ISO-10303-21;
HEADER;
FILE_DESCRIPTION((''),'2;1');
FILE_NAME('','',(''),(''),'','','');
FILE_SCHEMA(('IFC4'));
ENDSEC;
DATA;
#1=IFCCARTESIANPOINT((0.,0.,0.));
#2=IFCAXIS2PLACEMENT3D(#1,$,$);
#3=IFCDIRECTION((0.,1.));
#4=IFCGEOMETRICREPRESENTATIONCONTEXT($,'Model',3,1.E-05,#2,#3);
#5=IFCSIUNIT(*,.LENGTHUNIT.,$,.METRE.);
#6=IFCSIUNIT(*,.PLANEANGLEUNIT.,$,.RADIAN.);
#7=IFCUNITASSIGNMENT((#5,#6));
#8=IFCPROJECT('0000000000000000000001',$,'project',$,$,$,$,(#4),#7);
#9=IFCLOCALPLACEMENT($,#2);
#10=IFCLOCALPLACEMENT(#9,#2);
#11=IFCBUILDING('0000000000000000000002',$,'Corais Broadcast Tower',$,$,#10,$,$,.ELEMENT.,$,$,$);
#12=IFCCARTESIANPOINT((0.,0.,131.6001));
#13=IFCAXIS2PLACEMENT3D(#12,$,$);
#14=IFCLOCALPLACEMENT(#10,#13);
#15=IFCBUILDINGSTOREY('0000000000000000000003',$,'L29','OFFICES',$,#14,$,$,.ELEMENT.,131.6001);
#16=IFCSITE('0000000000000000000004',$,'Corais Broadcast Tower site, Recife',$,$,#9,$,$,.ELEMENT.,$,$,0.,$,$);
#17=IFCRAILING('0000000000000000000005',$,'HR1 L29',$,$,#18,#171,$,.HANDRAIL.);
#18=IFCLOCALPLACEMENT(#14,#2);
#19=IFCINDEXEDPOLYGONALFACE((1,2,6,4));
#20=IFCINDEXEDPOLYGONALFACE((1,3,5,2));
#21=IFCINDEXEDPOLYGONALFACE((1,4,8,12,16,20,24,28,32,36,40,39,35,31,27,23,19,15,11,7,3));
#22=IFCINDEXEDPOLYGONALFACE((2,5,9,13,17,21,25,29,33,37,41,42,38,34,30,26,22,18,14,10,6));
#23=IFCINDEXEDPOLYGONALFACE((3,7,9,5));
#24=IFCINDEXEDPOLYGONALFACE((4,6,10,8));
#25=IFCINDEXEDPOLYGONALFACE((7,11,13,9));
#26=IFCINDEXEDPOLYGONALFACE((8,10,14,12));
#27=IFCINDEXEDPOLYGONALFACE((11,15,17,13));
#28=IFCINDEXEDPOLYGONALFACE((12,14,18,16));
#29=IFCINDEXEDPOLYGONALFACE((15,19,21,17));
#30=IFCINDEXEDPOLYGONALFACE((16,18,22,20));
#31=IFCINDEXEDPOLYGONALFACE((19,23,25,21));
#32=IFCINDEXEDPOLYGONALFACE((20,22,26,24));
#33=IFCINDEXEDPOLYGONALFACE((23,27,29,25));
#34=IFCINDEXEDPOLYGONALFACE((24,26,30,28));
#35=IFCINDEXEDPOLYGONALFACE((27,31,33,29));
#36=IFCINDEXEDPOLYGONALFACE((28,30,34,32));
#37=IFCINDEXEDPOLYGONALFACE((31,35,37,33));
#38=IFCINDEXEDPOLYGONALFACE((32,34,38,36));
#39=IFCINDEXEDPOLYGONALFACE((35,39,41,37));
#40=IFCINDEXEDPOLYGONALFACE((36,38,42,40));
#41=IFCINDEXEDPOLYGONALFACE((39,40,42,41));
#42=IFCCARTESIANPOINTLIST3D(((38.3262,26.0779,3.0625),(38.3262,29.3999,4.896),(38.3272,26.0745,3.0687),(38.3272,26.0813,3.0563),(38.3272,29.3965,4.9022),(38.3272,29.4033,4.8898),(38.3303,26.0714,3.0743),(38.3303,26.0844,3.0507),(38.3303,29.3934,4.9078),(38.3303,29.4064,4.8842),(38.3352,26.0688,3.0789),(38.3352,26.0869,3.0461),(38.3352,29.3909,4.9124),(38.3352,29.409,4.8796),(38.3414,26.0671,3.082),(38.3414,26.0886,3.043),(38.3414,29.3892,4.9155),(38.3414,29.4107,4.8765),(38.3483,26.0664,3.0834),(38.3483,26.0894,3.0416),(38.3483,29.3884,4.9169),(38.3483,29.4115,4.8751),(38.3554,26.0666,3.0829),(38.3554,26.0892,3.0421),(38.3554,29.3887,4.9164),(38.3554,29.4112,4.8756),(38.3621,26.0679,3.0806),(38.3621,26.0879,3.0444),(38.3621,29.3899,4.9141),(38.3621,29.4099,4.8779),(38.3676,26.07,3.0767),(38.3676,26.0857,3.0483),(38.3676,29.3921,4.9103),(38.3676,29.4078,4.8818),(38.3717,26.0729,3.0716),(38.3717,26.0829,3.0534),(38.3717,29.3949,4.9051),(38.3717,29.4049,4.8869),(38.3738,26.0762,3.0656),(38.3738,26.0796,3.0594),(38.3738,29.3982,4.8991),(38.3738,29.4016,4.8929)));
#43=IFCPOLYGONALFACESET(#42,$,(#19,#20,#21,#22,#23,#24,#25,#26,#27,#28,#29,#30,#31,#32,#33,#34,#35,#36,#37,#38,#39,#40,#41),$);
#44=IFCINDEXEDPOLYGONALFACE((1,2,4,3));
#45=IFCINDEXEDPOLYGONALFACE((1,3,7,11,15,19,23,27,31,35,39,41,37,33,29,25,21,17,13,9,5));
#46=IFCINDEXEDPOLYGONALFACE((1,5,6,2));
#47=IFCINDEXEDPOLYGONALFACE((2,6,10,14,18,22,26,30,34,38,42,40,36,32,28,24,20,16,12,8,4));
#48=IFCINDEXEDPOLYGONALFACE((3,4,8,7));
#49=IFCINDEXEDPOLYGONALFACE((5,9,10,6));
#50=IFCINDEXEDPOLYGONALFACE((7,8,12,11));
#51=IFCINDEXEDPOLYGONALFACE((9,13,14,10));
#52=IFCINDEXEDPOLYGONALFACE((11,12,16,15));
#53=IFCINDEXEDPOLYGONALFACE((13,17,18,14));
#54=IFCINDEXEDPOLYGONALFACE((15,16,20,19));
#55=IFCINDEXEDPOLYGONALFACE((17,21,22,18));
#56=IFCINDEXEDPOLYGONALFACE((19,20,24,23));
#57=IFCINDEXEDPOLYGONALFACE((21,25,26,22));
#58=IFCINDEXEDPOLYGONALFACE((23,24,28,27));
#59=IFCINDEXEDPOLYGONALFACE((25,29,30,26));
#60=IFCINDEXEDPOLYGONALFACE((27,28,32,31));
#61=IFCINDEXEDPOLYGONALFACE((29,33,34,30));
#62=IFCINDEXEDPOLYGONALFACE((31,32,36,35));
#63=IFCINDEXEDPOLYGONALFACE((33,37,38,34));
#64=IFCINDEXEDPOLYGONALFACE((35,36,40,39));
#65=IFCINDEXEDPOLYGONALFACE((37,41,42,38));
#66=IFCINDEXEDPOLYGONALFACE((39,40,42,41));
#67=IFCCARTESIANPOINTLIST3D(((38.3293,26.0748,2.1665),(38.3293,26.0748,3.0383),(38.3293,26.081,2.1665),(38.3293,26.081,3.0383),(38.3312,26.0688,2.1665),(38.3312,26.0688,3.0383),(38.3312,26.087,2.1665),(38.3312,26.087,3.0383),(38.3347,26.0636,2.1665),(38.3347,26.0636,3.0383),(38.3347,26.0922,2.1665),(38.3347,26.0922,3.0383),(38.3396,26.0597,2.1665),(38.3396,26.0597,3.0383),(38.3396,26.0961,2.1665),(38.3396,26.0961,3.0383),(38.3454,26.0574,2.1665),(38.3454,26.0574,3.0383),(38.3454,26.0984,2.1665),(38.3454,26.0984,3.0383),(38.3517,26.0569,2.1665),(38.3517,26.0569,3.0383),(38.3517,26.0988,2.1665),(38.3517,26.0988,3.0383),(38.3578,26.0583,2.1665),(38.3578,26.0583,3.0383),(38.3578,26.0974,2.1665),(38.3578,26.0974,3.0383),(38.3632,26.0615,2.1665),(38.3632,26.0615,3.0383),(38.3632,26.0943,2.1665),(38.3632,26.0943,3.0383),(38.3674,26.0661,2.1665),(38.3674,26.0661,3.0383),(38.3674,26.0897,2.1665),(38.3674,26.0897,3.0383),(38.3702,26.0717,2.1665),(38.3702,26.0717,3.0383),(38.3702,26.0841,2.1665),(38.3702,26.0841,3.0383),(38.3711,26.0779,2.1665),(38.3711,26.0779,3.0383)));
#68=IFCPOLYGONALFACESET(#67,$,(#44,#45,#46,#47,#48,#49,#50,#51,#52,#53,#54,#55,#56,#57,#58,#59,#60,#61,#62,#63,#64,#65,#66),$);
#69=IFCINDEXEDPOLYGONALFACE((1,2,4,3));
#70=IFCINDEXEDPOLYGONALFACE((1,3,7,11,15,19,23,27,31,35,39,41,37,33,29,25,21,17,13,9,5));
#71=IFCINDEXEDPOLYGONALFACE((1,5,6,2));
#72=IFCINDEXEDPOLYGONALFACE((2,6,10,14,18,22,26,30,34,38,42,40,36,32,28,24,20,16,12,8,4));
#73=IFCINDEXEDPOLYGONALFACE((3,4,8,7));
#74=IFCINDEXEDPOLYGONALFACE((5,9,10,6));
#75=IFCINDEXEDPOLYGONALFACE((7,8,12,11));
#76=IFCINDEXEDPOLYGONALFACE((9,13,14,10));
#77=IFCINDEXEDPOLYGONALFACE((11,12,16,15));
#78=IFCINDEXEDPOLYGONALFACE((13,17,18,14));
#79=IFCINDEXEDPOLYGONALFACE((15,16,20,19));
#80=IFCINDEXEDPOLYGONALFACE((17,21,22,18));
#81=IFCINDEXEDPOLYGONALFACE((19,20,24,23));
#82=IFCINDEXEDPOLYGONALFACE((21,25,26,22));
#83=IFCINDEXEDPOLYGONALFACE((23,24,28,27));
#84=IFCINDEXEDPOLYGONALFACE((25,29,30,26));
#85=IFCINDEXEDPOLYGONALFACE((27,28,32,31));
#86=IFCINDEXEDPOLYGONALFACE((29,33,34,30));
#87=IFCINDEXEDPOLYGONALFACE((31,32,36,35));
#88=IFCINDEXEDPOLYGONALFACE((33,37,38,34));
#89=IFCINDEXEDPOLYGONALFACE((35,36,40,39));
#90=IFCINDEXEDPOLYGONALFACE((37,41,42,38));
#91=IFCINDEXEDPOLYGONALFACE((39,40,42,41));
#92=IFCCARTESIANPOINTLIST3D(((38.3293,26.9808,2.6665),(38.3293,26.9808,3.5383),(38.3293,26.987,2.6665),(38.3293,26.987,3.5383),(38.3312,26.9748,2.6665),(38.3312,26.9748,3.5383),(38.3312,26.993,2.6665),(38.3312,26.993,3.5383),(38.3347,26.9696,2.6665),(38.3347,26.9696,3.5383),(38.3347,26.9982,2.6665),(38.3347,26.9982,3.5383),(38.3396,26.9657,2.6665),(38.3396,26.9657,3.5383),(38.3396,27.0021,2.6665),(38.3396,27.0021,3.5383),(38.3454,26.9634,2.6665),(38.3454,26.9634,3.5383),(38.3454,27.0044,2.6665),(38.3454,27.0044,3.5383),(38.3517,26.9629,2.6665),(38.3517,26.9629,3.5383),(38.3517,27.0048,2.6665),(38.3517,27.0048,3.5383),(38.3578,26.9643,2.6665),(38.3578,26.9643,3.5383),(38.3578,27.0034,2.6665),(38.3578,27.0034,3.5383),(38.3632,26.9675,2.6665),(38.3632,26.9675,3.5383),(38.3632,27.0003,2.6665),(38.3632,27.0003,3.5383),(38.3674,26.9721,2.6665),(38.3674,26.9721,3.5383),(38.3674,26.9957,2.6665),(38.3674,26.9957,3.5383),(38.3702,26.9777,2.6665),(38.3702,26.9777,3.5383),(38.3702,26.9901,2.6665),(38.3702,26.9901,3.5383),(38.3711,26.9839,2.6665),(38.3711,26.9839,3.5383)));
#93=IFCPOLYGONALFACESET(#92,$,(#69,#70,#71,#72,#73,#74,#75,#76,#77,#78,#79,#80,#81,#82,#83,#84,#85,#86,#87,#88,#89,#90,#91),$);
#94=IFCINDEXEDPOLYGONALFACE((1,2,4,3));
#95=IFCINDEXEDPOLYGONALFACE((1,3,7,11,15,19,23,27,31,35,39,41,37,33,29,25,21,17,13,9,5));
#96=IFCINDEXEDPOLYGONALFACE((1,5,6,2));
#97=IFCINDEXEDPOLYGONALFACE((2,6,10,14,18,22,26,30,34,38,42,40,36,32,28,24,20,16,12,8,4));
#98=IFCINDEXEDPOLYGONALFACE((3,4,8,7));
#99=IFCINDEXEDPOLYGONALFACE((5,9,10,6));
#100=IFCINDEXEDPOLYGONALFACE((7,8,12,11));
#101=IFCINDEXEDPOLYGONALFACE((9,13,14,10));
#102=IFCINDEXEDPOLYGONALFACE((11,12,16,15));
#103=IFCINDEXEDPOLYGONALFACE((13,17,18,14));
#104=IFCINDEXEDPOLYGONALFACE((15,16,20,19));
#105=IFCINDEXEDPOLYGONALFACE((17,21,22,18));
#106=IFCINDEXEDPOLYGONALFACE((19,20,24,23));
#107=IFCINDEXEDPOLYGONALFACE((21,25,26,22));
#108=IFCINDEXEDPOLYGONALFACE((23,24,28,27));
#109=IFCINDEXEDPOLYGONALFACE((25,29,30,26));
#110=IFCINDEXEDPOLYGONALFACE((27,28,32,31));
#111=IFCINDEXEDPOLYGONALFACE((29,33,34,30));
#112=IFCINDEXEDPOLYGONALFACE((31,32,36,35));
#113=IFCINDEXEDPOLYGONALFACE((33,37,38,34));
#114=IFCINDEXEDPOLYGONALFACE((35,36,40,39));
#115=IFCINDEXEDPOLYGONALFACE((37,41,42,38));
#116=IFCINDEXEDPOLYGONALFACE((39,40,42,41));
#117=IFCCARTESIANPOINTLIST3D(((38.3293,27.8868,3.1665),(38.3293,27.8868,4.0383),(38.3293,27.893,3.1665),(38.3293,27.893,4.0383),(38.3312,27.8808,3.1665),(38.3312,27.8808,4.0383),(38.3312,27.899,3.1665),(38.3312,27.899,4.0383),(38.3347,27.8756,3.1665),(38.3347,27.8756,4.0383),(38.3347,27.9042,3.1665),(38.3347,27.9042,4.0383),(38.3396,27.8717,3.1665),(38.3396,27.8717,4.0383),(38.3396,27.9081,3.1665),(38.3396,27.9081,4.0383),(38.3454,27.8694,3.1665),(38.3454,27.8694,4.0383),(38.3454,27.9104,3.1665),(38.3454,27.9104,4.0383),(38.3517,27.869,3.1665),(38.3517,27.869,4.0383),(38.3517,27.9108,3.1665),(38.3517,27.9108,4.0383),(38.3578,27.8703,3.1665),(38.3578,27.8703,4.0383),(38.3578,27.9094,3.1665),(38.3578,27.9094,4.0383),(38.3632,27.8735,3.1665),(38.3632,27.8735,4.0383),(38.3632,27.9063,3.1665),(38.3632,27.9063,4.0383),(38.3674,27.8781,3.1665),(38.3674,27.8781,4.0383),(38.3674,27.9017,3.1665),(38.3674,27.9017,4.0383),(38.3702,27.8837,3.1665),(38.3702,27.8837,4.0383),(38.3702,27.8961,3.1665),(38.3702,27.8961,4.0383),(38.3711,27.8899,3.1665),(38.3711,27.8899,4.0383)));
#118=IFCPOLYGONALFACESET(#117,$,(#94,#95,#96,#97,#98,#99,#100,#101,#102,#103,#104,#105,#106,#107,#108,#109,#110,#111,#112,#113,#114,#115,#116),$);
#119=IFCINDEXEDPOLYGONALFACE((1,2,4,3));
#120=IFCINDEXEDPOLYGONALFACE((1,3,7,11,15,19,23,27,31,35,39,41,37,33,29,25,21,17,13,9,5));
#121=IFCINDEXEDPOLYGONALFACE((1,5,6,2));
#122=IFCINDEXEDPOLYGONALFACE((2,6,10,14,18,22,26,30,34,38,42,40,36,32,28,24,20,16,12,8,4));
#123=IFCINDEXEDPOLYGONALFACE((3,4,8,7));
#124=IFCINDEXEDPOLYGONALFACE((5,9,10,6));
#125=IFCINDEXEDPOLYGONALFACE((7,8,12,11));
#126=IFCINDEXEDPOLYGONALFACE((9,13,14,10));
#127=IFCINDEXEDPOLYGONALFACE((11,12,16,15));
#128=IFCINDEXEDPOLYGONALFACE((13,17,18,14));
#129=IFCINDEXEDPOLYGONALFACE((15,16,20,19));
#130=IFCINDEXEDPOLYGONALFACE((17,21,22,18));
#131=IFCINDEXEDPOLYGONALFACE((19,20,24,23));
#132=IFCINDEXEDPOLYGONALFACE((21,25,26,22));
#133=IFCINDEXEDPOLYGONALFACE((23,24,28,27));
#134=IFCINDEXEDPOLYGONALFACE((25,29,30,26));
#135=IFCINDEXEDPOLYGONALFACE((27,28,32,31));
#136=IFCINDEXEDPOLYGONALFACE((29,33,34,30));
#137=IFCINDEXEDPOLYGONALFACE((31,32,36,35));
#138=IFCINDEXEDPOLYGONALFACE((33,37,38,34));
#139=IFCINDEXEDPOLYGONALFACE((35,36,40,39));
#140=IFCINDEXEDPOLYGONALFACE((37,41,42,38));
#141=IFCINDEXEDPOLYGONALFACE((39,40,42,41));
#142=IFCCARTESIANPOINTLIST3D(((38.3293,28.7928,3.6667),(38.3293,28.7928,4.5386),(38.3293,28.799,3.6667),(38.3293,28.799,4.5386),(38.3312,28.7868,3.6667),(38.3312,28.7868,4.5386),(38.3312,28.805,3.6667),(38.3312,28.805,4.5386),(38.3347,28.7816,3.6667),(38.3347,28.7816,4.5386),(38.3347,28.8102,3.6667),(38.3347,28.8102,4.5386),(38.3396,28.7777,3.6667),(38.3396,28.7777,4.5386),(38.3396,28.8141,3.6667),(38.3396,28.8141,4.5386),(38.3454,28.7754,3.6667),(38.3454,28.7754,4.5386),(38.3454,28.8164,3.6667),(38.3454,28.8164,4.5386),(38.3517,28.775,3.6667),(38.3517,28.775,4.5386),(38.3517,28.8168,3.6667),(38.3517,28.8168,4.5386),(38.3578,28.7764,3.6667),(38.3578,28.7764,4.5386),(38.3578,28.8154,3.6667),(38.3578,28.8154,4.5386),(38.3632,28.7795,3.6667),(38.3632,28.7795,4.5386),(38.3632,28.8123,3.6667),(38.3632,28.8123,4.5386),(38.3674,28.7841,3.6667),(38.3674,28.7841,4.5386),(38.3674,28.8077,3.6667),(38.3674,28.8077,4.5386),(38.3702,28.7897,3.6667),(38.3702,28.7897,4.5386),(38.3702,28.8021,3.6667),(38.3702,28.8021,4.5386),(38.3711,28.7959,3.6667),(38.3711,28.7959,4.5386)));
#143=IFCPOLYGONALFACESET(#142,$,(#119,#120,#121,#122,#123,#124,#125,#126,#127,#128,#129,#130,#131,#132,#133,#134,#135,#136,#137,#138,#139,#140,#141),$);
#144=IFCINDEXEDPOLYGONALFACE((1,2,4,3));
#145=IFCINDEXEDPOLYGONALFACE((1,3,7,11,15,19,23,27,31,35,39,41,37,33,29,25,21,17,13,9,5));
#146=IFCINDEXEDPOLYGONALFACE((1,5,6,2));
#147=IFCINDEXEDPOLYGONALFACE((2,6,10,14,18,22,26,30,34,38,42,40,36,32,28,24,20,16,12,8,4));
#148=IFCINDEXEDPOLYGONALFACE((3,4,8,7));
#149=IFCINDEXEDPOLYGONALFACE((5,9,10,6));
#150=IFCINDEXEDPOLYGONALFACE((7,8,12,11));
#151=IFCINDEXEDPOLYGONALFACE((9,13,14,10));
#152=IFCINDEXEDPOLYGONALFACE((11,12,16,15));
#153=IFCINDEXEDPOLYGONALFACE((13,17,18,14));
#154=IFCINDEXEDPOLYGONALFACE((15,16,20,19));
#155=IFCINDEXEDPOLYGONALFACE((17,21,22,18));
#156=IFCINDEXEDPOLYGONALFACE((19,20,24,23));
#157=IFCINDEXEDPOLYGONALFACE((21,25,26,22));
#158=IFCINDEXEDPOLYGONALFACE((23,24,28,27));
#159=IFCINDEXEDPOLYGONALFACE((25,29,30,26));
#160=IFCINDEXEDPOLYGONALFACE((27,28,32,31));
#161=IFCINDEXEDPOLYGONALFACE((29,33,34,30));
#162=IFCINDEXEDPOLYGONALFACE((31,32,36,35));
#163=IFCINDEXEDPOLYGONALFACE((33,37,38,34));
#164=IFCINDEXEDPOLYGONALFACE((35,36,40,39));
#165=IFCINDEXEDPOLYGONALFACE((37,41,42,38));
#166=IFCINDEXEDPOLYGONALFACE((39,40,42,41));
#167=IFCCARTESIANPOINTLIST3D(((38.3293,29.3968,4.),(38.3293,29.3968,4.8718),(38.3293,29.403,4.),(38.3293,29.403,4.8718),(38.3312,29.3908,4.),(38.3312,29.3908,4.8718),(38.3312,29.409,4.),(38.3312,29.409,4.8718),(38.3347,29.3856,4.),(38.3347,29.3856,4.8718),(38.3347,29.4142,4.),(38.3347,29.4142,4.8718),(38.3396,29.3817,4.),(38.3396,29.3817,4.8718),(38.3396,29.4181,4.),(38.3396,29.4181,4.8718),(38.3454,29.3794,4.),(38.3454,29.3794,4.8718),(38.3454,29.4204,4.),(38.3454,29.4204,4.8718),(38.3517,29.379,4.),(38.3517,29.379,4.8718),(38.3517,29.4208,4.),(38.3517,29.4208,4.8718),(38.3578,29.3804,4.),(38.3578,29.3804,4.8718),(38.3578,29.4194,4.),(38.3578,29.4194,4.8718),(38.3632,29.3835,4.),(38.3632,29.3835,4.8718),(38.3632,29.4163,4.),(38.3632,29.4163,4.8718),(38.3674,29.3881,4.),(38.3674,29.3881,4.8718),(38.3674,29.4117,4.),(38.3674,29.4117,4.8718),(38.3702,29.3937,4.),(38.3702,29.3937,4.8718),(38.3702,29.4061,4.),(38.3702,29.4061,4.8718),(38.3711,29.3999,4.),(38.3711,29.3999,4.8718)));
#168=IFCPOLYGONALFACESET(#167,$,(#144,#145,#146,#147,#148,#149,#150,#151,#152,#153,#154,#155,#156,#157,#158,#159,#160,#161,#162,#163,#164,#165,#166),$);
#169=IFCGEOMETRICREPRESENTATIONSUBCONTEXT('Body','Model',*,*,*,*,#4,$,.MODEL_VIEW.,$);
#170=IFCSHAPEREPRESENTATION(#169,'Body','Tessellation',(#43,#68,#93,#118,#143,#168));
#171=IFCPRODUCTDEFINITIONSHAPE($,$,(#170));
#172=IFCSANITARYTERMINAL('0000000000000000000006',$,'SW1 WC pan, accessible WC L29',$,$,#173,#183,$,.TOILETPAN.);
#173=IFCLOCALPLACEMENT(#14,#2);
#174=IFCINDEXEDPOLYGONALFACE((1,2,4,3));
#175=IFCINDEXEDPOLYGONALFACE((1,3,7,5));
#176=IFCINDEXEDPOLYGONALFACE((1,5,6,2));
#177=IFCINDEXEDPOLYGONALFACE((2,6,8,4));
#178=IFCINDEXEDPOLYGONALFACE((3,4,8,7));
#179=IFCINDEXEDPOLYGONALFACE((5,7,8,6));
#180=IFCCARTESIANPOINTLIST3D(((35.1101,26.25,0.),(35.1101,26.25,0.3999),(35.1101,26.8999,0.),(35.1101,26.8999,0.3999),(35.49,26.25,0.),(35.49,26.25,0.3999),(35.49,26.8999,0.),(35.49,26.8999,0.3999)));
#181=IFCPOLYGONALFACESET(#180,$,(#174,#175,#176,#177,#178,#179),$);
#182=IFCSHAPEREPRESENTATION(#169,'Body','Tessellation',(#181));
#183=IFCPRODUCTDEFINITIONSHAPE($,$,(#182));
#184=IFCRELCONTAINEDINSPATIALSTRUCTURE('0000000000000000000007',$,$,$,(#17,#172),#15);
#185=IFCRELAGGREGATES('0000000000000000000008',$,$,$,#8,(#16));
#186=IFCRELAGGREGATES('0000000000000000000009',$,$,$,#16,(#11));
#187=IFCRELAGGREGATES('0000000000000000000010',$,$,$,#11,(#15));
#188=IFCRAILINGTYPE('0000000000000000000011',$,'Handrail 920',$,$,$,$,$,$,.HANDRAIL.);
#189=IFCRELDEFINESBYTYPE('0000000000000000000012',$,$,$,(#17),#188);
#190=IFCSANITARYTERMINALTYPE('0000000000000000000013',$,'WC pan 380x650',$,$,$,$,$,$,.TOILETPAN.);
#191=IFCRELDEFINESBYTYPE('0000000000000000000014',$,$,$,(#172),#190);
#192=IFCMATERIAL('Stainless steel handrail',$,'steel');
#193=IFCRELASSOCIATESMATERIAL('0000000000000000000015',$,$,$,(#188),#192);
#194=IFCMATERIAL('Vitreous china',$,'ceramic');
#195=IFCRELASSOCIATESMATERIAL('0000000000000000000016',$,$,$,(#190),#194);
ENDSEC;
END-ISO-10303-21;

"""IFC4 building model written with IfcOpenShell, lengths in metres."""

from ifc_helpers import new_model, si_unit, direction, frame, origin, origin_2d, place, context, subcontext, project, spatial, rectangle, circle, extrude, material, type_object, element, save


model = new_model("IFC4")

# Units and contexts
model_context = context("Model", 3, precision=1e-05, world=origin(), true_north=direction((0.0, 1.0)))
body_context = subcontext(model_context, "Body", "Model", "MODEL_VIEW")
ifc_project = project(units=[si_unit("LENGTHUNIT", "METRE"), si_unit("PLANEANGLEUNIT", "RADIAN")], contexts=[model_context])

# Site, building, storey
site_placement = place(None, origin())
site = spatial("IfcSite", under=ifc_project, at=site_placement, Name="Corais Broadcast Tower site, Recife", CompositionType="ELEMENT", RefElevation=0.0)
building_placement = place(site_placement, origin())
building = spatial("IfcBuilding", under=site, at=building_placement, Name="Corais Broadcast Tower", CompositionType="ELEMENT")
storey_placement = place(building_placement, frame((0.0, 0.0, 131.6001)))
storey = spatial("IfcBuildingStorey", under=building, at=storey_placement, Name="L29", Description="OFFICES", CompositionType="ELEMENT", Elevation=131.6001)

# Railing
ifc_material_1 = material(Name="Stainless steel handrail", Category="steel")
railing_type = type_object("IfcRailingType", Name="Handrail 920", PredefinedType="HANDRAIL", material=ifc_material_1)
for number, where, name in (
    (1, (38.3501, 26.0779, 2.1665), "HR1 L29"),
):
    element("IfcRailing", number, at=place(storey_placement, frame(where)), inside=storey, type_object=railing_type, Name=name, PredefinedType="HANDRAIL", context=body_context, shape_type="SweptSolid", body=[
        extrude(circle(Radius=0.0239, at=origin_2d()), frame((0.0, 0.0, 0.896), z_axis=(0.0, 0.875504, 0.48321), x_axis=(-1.0, 0.0, 0.0)), (0.0, 0.0, 1.0), 3.7944),
        extrude(circle(Radius=0.021, at=origin_2d()), origin(), (0.0, 0.0, 1.0), 0.8718),
        extrude(circle(Radius=0.021, at=origin_2d()), frame((0.0, 0.906, 0.5)), (0.0, 0.0, 1.0), 0.8718),
        extrude(circle(Radius=0.021, at=origin_2d()), frame((0.0, 1.812, 1.0)), (0.0, 0.0, 1.0), 0.8718),
        extrude(circle(Radius=0.021, at=origin_2d()), frame((0.0, 2.718, 1.5002)), (0.0, 0.0, 1.0), 0.8718),
        extrude(circle(Radius=0.021, at=origin_2d()), frame((0.0, 3.322, 1.8335)), (0.0, 0.0, 1.0), 0.8718),
    ])

# Sanitary terminal
ifc_material_2 = material(Name="Vitreous china", Category="ceramic")
sanitary_terminal_type = type_object("IfcSanitaryTerminalType", Name="WC pan 380x650", PredefinedType="TOILETPAN", material=ifc_material_2)
sanitary_terminal_placement = place(storey_placement, frame((35.3, 26.575, 0.0), z_axis=(0.0, 0.0, 1.0), x_axis=(1.0, 0.0, 0.0)))
element("IfcSanitaryTerminal", 2, at=sanitary_terminal_placement, inside=storey, type_object=sanitary_terminal_type, Name="SW1 WC pan, accessible WC L29", PredefinedType="TOILETPAN", context=body_context, shape_type="SweptSolid", body=[
    extrude(rectangle(XDim=0.3799, YDim=0.6499, at=origin_2d()), origin(), (0.0, 0.0, 1.0), 0.3999),
])

save(model, "model.ifc")
